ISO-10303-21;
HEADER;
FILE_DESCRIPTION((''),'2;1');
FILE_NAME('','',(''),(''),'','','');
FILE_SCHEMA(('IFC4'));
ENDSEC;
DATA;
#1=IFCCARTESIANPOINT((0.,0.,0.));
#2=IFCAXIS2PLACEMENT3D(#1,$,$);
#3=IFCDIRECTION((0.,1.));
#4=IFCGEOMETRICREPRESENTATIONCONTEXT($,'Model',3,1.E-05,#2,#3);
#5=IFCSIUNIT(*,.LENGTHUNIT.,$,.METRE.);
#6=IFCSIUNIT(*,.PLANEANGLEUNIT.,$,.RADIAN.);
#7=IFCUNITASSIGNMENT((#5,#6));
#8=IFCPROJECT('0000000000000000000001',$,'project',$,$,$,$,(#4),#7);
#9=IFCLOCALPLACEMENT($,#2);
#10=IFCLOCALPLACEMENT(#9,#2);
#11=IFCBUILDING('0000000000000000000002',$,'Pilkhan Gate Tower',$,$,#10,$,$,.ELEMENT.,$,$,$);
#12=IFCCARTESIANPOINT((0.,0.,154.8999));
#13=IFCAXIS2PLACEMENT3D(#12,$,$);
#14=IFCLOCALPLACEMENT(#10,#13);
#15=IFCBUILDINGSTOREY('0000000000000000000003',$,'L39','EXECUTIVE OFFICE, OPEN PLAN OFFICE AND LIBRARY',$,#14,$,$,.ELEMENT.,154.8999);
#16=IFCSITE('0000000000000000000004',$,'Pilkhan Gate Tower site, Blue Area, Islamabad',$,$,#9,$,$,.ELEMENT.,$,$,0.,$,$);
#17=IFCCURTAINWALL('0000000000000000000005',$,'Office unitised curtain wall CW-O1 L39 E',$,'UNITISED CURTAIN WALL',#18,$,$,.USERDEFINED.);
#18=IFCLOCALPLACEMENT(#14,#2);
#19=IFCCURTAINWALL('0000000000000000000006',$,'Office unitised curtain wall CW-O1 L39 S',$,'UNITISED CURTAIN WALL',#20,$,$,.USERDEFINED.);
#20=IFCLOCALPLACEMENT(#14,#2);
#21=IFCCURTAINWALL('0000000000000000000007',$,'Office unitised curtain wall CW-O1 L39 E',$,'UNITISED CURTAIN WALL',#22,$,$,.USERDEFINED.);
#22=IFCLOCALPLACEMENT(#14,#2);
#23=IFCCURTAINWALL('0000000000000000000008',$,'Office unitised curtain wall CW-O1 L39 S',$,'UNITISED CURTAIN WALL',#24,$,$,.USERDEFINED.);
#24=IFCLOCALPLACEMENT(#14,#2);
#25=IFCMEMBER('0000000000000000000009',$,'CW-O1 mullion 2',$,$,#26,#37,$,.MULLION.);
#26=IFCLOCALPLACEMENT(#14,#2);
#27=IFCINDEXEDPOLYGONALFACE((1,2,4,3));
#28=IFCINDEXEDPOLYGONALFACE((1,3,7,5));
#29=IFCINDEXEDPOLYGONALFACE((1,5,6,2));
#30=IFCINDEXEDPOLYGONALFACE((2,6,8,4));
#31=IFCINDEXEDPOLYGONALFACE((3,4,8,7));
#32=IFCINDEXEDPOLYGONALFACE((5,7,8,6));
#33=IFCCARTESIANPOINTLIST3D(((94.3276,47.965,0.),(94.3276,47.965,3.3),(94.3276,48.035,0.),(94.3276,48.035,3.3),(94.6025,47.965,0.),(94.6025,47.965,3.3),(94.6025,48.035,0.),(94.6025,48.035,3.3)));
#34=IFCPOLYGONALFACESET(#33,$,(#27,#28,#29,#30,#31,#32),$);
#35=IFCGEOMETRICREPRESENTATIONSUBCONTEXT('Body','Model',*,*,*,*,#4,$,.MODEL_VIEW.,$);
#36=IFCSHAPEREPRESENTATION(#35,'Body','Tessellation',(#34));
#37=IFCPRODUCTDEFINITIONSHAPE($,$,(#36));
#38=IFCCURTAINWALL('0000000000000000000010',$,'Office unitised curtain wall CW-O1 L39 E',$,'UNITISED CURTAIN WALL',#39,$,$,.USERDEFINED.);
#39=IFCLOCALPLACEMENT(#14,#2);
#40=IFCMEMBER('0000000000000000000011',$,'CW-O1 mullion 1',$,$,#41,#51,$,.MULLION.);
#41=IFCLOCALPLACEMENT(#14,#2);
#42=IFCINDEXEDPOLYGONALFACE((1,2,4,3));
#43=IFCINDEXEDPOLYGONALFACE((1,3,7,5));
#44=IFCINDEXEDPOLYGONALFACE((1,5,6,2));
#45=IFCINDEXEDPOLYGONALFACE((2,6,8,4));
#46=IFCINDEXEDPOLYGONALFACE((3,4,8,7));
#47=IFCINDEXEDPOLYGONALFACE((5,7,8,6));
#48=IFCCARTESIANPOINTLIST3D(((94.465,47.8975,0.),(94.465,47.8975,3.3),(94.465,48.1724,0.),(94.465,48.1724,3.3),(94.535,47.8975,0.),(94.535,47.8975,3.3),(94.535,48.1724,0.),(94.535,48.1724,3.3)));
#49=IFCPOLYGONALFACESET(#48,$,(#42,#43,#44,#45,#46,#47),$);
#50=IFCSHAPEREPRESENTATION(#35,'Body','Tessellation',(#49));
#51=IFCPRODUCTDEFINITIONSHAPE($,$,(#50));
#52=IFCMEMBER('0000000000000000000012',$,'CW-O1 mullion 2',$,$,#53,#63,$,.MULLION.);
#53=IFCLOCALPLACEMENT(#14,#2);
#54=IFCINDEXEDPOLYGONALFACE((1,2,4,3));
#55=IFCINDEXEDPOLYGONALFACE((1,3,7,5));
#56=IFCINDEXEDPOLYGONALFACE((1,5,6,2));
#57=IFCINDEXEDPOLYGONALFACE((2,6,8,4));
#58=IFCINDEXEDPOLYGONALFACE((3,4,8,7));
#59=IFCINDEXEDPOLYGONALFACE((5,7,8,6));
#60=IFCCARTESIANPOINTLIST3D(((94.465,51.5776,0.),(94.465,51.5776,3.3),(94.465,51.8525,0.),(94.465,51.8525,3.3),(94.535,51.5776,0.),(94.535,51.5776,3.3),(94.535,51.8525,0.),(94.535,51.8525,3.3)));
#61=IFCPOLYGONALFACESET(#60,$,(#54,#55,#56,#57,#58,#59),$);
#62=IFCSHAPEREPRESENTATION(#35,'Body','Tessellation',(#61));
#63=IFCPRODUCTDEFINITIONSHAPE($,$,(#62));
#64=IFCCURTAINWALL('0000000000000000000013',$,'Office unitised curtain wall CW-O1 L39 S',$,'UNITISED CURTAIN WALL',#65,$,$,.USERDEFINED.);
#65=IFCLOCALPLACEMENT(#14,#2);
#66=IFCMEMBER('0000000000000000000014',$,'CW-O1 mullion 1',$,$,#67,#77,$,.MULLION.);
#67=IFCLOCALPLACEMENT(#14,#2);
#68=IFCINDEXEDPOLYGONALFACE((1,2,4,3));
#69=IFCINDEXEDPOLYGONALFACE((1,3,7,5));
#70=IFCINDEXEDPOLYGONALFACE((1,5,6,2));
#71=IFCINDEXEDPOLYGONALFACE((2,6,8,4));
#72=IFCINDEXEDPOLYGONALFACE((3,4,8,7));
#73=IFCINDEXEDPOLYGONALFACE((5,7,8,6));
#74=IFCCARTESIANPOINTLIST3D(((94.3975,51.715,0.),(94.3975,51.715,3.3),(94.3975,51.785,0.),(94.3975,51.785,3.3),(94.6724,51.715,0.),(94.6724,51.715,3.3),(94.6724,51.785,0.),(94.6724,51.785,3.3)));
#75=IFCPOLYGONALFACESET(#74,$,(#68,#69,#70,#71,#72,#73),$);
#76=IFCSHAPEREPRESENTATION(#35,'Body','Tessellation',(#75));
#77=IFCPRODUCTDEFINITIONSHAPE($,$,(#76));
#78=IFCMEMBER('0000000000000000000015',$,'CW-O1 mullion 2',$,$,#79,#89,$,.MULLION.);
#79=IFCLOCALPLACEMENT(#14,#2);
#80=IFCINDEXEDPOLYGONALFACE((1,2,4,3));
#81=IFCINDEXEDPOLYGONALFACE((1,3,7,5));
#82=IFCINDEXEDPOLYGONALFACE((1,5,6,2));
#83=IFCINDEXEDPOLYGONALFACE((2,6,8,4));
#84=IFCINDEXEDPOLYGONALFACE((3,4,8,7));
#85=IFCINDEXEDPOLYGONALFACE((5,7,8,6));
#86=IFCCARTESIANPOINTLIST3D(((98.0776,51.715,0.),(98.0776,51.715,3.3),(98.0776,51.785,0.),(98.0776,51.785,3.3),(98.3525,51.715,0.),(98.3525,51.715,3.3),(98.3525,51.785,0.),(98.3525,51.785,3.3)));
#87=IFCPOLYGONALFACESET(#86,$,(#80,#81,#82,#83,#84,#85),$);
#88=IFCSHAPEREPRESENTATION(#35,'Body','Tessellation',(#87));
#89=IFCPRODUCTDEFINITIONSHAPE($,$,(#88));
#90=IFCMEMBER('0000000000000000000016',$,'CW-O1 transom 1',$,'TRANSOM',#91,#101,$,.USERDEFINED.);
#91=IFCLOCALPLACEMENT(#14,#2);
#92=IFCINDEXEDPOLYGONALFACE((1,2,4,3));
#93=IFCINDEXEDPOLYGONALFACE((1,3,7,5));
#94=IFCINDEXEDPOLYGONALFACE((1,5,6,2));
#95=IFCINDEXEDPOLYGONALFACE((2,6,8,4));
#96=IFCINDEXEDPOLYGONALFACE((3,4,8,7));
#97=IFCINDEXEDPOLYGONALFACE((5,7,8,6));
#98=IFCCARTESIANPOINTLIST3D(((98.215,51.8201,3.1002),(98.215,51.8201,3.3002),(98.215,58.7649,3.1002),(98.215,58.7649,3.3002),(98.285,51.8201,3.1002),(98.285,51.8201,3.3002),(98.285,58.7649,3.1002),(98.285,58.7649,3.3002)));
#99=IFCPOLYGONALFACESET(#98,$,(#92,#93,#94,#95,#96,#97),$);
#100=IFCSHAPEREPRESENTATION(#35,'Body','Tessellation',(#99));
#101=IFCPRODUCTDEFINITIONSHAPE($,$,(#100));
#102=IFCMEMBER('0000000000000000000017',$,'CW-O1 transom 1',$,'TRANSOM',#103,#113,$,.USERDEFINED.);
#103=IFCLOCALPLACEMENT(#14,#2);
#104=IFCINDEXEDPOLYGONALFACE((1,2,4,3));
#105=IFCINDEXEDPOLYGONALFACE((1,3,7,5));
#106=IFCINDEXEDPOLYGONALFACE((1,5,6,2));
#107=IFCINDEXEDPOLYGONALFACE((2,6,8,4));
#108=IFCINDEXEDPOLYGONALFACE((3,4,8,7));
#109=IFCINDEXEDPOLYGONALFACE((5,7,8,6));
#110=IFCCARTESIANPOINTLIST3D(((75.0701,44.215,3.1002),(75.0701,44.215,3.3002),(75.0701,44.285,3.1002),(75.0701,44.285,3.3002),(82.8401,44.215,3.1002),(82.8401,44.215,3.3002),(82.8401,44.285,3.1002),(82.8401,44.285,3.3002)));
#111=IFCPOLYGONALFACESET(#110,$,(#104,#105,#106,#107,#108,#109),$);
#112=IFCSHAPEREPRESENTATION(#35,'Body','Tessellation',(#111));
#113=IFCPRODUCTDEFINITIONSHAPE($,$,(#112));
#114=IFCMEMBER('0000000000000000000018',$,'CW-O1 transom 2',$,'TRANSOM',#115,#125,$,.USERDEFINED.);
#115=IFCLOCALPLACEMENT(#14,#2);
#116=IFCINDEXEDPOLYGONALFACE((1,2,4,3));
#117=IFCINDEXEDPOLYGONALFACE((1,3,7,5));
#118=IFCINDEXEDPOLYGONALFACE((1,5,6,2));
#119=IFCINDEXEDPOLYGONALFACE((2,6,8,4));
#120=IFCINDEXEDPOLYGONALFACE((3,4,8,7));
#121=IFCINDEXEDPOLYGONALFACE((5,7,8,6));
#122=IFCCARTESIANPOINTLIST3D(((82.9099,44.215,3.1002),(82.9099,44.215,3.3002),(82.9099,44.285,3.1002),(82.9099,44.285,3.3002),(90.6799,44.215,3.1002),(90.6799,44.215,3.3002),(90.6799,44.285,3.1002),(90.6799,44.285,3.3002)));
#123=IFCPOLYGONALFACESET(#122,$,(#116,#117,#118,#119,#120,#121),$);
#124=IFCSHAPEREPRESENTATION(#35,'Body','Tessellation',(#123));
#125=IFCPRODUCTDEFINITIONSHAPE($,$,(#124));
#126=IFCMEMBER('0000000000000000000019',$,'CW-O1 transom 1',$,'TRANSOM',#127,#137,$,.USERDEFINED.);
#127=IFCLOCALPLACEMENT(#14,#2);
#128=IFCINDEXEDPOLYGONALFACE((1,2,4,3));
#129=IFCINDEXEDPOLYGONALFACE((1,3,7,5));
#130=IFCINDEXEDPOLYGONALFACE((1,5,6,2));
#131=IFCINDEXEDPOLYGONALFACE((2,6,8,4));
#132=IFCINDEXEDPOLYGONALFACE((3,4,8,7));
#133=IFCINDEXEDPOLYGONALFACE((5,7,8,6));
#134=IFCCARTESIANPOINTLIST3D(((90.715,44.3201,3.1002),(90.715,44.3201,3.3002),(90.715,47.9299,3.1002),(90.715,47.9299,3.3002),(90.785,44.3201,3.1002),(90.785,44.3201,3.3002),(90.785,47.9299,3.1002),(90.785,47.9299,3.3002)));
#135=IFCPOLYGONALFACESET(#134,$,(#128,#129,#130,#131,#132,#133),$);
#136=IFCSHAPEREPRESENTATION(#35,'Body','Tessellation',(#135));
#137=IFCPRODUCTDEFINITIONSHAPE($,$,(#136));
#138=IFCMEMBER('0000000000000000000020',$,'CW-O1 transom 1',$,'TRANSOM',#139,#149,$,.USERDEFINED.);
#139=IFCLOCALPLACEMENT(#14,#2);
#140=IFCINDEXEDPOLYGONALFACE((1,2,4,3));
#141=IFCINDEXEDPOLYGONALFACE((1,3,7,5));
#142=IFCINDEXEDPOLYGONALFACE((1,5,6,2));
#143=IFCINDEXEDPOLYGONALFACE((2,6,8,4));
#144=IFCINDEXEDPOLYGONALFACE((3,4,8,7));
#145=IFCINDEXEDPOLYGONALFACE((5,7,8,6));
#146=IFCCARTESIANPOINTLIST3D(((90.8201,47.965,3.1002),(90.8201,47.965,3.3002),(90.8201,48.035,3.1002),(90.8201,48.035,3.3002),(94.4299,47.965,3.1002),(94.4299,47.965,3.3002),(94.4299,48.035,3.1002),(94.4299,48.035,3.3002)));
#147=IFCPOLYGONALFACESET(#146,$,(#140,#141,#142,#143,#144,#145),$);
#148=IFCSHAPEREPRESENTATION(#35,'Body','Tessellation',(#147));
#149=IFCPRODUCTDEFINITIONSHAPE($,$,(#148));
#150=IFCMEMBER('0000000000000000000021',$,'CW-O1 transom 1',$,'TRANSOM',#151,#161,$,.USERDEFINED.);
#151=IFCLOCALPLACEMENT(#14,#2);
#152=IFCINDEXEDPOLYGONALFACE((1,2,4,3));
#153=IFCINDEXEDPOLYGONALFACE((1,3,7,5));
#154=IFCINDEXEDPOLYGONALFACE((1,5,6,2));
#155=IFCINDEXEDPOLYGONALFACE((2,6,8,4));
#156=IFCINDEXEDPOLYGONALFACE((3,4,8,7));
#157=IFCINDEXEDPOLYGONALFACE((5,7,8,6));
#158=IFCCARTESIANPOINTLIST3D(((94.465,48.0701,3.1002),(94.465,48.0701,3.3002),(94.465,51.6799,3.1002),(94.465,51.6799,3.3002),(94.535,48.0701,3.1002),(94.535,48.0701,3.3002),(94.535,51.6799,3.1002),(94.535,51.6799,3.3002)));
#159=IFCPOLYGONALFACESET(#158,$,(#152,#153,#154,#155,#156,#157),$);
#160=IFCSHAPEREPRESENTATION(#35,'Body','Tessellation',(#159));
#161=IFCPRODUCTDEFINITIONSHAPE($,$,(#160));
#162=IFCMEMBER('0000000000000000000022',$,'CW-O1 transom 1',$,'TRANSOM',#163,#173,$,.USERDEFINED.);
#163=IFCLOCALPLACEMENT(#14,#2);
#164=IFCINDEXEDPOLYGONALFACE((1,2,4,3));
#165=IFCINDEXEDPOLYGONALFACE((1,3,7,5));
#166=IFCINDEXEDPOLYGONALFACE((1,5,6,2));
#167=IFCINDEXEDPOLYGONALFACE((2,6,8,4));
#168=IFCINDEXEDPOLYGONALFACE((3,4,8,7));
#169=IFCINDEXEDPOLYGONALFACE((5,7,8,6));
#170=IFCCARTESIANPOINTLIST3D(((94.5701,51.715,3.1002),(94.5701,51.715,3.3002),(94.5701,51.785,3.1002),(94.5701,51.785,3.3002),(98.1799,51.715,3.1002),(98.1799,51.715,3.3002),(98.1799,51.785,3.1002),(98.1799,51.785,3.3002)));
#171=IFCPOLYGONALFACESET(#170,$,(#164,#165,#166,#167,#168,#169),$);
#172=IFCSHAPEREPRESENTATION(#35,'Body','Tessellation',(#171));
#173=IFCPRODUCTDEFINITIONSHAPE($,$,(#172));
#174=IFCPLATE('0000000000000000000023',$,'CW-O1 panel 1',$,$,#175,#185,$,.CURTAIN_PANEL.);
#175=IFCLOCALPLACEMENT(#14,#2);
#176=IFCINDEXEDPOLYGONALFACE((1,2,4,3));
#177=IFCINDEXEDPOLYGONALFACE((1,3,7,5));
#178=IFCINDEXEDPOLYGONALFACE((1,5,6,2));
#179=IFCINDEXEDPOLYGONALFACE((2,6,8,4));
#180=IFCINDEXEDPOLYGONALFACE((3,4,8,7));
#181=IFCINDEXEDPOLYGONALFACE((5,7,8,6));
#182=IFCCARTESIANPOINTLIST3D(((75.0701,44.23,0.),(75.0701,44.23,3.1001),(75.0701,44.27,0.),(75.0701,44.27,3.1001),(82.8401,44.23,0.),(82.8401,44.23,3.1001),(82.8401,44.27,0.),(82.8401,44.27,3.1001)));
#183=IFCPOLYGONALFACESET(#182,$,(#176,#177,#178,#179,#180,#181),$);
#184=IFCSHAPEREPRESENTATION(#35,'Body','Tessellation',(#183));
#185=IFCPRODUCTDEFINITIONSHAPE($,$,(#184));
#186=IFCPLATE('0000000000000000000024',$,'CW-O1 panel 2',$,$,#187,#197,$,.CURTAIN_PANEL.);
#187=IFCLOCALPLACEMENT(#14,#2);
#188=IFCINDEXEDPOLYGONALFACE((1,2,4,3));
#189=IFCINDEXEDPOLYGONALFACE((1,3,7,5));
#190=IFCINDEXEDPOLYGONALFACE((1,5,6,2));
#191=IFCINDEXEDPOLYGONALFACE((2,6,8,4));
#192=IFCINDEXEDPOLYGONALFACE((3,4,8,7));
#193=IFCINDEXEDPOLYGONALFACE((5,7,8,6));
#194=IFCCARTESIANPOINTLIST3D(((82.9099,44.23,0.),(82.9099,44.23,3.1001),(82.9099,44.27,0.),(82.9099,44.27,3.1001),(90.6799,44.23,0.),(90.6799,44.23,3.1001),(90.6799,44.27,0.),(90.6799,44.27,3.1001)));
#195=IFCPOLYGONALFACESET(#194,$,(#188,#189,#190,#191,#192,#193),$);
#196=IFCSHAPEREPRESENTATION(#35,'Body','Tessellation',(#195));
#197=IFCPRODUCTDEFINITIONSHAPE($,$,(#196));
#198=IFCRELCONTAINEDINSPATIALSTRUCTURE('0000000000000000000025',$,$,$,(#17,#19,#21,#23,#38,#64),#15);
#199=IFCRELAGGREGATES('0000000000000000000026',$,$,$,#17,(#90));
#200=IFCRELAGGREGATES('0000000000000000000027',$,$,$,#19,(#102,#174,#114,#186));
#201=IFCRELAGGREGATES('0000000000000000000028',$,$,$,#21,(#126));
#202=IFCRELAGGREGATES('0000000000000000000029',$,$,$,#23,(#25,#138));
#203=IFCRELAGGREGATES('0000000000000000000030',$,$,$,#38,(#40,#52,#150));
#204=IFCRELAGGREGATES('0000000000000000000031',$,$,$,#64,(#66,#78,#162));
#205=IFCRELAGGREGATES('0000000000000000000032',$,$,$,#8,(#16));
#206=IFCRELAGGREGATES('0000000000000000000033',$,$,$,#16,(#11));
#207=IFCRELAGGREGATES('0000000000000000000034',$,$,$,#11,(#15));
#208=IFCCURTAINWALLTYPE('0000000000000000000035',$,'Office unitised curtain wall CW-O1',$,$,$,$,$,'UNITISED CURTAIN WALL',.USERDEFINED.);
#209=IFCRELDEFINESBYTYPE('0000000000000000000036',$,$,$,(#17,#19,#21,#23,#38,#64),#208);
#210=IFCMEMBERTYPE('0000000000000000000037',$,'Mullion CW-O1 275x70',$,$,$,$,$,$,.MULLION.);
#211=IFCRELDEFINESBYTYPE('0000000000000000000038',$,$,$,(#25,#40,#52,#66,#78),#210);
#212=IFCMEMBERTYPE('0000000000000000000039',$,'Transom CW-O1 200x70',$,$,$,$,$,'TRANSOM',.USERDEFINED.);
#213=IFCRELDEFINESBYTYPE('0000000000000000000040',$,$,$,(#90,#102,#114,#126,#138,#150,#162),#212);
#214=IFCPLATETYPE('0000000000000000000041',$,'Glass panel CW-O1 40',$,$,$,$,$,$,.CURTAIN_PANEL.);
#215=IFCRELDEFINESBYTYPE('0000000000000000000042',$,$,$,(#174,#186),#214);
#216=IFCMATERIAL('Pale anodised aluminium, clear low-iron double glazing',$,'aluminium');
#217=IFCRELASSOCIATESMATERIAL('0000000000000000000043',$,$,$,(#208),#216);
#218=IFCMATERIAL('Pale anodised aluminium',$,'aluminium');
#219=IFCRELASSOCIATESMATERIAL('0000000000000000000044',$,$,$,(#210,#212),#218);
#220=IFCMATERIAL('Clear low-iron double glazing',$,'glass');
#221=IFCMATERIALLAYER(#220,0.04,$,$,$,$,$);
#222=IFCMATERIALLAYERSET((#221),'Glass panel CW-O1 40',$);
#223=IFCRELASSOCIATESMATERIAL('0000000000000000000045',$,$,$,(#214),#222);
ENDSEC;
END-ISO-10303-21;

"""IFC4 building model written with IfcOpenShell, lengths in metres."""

from ifc_helpers import new_model, si_unit, direction, frame, origin, origin_2d, place, context, subcontext, project, spatial, rectangle, extrude, material, layer, layer_set, material_profile, profile_set, type_object, element, aggregate, save


model = new_model("IFC4")

# Units and contexts
model_context = context("Model", 3, precision=1e-05, world=origin(), true_north=direction((0.0, 1.0)))
body_context = subcontext(model_context, "Body", "Model", "MODEL_VIEW")
ifc_project = project(units=[si_unit("LENGTHUNIT", "METRE"), si_unit("PLANEANGLEUNIT", "RADIAN")], contexts=[model_context])

# Site, building, storey
site_placement = place(None, origin())
site = spatial("IfcSite", under=ifc_project, at=site_placement, Name="Pilkhan Gate Tower site, Blue Area, Islamabad", CompositionType="ELEMENT", RefElevation=0.0)
building_placement = place(site_placement, origin())
building = spatial("IfcBuilding", under=site, at=building_placement, Name="Pilkhan Gate Tower", CompositionType="ELEMENT")
storey_placement = place(building_placement, frame((0.0, 0.0, 154.8999)))
storey = spatial("IfcBuildingStorey", under=building, at=storey_placement, Name="L39", Description="EXECUTIVE OFFICE, OPEN PLAN OFFICE AND LIBRARY", CompositionType="ELEMENT", Elevation=154.8999)

# Curtain wall
ifc_material_1 = material(Name="Pale anodised aluminium, clear low-iron double glazing", Category="aluminium")
curtain_wall_type = type_object("IfcCurtainWallType", Name="Office unitised curtain wall CW-O1", ElementType="UNITISED CURTAIN WALL", PredefinedType="USERDEFINED", material=ifc_material_1)
curtain_wall_1_placement = place(storey_placement, origin())
curtain_wall_1 = element("IfcCurtainWall", 1, at=curtain_wall_1_placement, inside=storey, type_object=curtain_wall_type, Name="Office unitised curtain wall CW-O1 L39 E", ObjectType="UNITISED CURTAIN WALL", PredefinedType="USERDEFINED")
ifc_material_2 = material(Name="Pale anodised aluminium", Category="aluminium")
ifc_material_profile_1 = material_profile(ifc_material_2, rectangle(XDim=0.0701, YDim=0.2749, at=origin_2d()), Name="Mullion 275x70")
ifc_profile_set_1 = profile_set([ifc_material_profile_1], Name="Pale anodised aluminium")
member_type_1 = type_object("IfcMemberType", Name="Mullion CW-O1 275x70", PredefinedType="MULLION", material=ifc_profile_set_1)

# Curtain walls, members
curtain_wall_2_placement = place(storey_placement, origin())
curtain_wall_2 = element("IfcCurtainWall", 2, at=curtain_wall_2_placement, inside=storey, type_object=curtain_wall_type, Name="Office unitised curtain wall CW-O1 L39 S", ObjectType="UNITISED CURTAIN WALL", PredefinedType="USERDEFINED")
curtain_wall_3_placement = place(storey_placement, origin())
curtain_wall_3 = element("IfcCurtainWall", 3, at=curtain_wall_3_placement, inside=storey, type_object=curtain_wall_type, Name="Office unitised curtain wall CW-O1 L39 E", ObjectType="UNITISED CURTAIN WALL", PredefinedType="USERDEFINED")
curtain_wall_4_placement = place(storey_placement, origin())
curtain_wall_4 = element("IfcCurtainWall", 4, at=curtain_wall_4_placement, inside=storey, type_object=curtain_wall_type, Name="Office unitised curtain wall CW-O1 L39 S", ObjectType="UNITISED CURTAIN WALL", PredefinedType="USERDEFINED")
member_1_placement = place(storey_placement, frame((94.4651, 48.0, 0.0), z_axis=(0.0, 0.0, 1.0), x_axis=(0.0, 1.0, 0.0)))
member_1 = element("IfcMember", 5, at=member_1_placement, type_object=member_type_1, Name="CW-O1 mullion 2", PredefinedType="MULLION", context=body_context, shape_type="SweptSolid", body=[
    extrude(rectangle(XDim=0.0701, YDim=0.2749, at=origin_2d()), origin(), (0.0, 0.0, 1.0), 3.3),
])
curtain_wall_5_placement = place(storey_placement, origin())
curtain_wall_5 = element("IfcCurtainWall", 6, at=curtain_wall_5_placement, inside=storey, type_object=curtain_wall_type, Name="Office unitised curtain wall CW-O1 L39 E", ObjectType="UNITISED CURTAIN WALL", PredefinedType="USERDEFINED")
member_2_placement = place(storey_placement, frame((94.5, 48.0349, 0.0), z_axis=(0.0, 0.0, 1.0), x_axis=(-1.0, 0.0, 0.0)))
member_2 = element("IfcMember", 7, at=member_2_placement, type_object=member_type_1, Name="CW-O1 mullion 1", PredefinedType="MULLION", context=body_context, shape_type="SweptSolid", body=[
    extrude(rectangle(XDim=0.0701, YDim=0.2749, at=origin_2d()), origin(), (0.0, 0.0, 1.0), 3.3),
])
member_3_placement = place(storey_placement, frame((94.5, 51.7151, 0.0), z_axis=(0.0, 0.0, 1.0), x_axis=(-1.0, 0.0, 0.0)))
member_3 = element("IfcMember", 8, at=member_3_placement, type_object=member_type_1, Name="CW-O1 mullion 2", PredefinedType="MULLION", context=body_context, shape_type="SweptSolid", body=[
    extrude(rectangle(XDim=0.0701, YDim=0.2749, at=origin_2d()), origin(), (0.0, 0.0, 1.0), 3.3),
])
curtain_wall_6_placement = place(storey_placement, origin())
curtain_wall_6 = element("IfcCurtainWall", 9, at=curtain_wall_6_placement, inside=storey, type_object=curtain_wall_type, Name="Office unitised curtain wall CW-O1 L39 S", ObjectType="UNITISED CURTAIN WALL", PredefinedType="USERDEFINED")
member_4_placement = place(storey_placement, frame((94.5349, 51.75, 0.0), z_axis=(0.0, 0.0, 1.0), x_axis=(0.0, 1.0, 0.0)))
member_4 = element("IfcMember", 10, at=member_4_placement, type_object=member_type_1, Name="CW-O1 mullion 1", PredefinedType="MULLION", context=body_context, shape_type="SweptSolid", body=[
    extrude(rectangle(XDim=0.0701, YDim=0.2749, at=origin_2d()), origin(), (0.0, 0.0, 1.0), 3.3),
])
member_5_placement = place(storey_placement, frame((98.2151, 51.75, 0.0), z_axis=(0.0, 0.0, 1.0), x_axis=(0.0, 1.0, 0.0)))
member_5 = element("IfcMember", 11, at=member_5_placement, type_object=member_type_1, Name="CW-O1 mullion 2", PredefinedType="MULLION", context=body_context, shape_type="SweptSolid", body=[
    extrude(rectangle(XDim=0.0701, YDim=0.2749, at=origin_2d()), origin(), (0.0, 0.0, 1.0), 3.3),
])

# Members
ifc_material_profile_2 = material_profile(ifc_material_2, rectangle(XDim=0.0701, YDim=0.2, at=origin_2d()), Name="Transom 200x70")
ifc_profile_set_2 = profile_set([ifc_material_profile_2], Name="Pale anodised aluminium")
member_type_2 = type_object("IfcMemberType", Name="Transom CW-O1 200x70", ElementType="TRANSOM", PredefinedType="USERDEFINED", material=ifc_profile_set_2)
member_6_placement = place(storey_placement, frame((98.25, 51.8201, 3.2002), z_axis=(0.0, 1.0, 0.0), x_axis=(-1.0, 0.0, 0.0)))
member_6 = element("IfcMember", 12, at=member_6_placement, type_object=member_type_2, Name="CW-O1 transom 1", ObjectType="TRANSOM", PredefinedType="USERDEFINED", context=body_context, shape_type="SweptSolid", body=[
    extrude(rectangle(XDim=0.0701, YDim=0.2, at=origin_2d()), origin(), (0.0, 0.0, 1.0), 6.9448),
])
aggregate(curtain_wall_1, [member_6])
member_7_placement = place(storey_placement, frame((75.0701, 44.25, 3.2002), z_axis=(1.0, 0.0, 0.0), x_axis=(0.0, 1.0, 0.0)))
member_7 = element("IfcMember", 13, at=member_7_placement, type_object=member_type_2, Name="CW-O1 transom 1", ObjectType="TRANSOM", PredefinedType="USERDEFINED", context=body_context, shape_type="SweptSolid", body=[
    extrude(rectangle(XDim=0.0701, YDim=0.2, at=origin_2d()), origin(), (0.0, 0.0, 1.0), 7.77),
])
member_8_placement = place(storey_placement, frame((82.9099, 44.25, 3.2002), z_axis=(1.0, 0.0, 0.0), x_axis=(0.0, 1.0, 0.0)))
member_8 = element("IfcMember", 14, at=member_8_placement, type_object=member_type_2, Name="CW-O1 transom 2", ObjectType="TRANSOM", PredefinedType="USERDEFINED", context=body_context, shape_type="SweptSolid", body=[
    extrude(rectangle(XDim=0.0701, YDim=0.2, at=origin_2d()), origin(), (0.0, 0.0, 1.0), 7.77),
])
member_9_placement = place(storey_placement, frame((90.75, 44.3201, 3.2002), z_axis=(0.0, 1.0, 0.0), x_axis=(-1.0, 0.0, 0.0)))
member_9 = element("IfcMember", 15, at=member_9_placement, type_object=member_type_2, Name="CW-O1 transom 1", ObjectType="TRANSOM", PredefinedType="USERDEFINED", context=body_context, shape_type="SweptSolid", body=[
    extrude(rectangle(XDim=0.0701, YDim=0.2, at=origin_2d()), origin(), (0.0, 0.0, 1.0), 3.6099),
])
member_10_placement = place(storey_placement, frame((90.8201, 48.0, 3.2002), z_axis=(1.0, 0.0, 0.0), x_axis=(0.0, 1.0, 0.0)))
member_10 = element("IfcMember", 16, at=member_10_placement, type_object=member_type_2, Name="CW-O1 transom 1", ObjectType="TRANSOM", PredefinedType="USERDEFINED", context=body_context, shape_type="SweptSolid", body=[
    extrude(rectangle(XDim=0.0701, YDim=0.2, at=origin_2d()), origin(), (0.0, 0.0, 1.0), 3.6099),
])
member_11_placement = place(storey_placement, frame((94.5, 48.0701, 3.2002), z_axis=(0.0, 1.0, 0.0), x_axis=(-1.0, 0.0, 0.0)))
member_11 = element("IfcMember", 17, at=member_11_placement, type_object=member_type_2, Name="CW-O1 transom 1", ObjectType="TRANSOM", PredefinedType="USERDEFINED", context=body_context, shape_type="SweptSolid", body=[
    extrude(rectangle(XDim=0.0701, YDim=0.2, at=origin_2d()), origin(), (0.0, 0.0, 1.0), 3.6099),
])
member_12_placement = place(storey_placement, frame((94.5701, 51.75, 3.2002), z_axis=(1.0, 0.0, 0.0), x_axis=(0.0, 1.0, 0.0)))
member_12 = element("IfcMember", 18, at=member_12_placement, type_object=member_type_2, Name="CW-O1 transom 1", ObjectType="TRANSOM", PredefinedType="USERDEFINED", context=body_context, shape_type="SweptSolid", body=[
    extrude(rectangle(XDim=0.0701, YDim=0.2, at=origin_2d()), origin(), (0.0, 0.0, 1.0), 3.6099),
])

# Plates
ifc_material_3 = material(Name="Clear low-iron double glazing", Category="glass")
ifc_layer_1 = layer(ifc_material_3, 0.04)
ifc_layer_set_1 = layer_set([ifc_layer_1], Name="Glass panel CW-O1 40")
plate_type = type_object("IfcPlateType", Name="Glass panel CW-O1 40", PredefinedType="CURTAIN_PANEL", material=ifc_layer_set_1)
plate_1_placement = place(storey_placement, frame((78.9551, 44.25, 0.0), z_axis=(0.0, 0.0, 1.0), x_axis=(1.0, 0.0, 0.0)))
plate_1 = element("IfcPlate", 19, at=plate_1_placement, type_object=plate_type, Name="CW-O1 panel 1", PredefinedType="CURTAIN_PANEL", context=body_context, shape_type="SweptSolid", body=[
    extrude(rectangle(XDim=7.77, YDim=0.04, at=origin_2d()), origin(), (0.0, 0.0, 1.0), 3.1001),
])
plate_2_placement = place(storey_placement, frame((86.7949, 44.25, 0.0), z_axis=(0.0, 0.0, 1.0), x_axis=(1.0, 0.0, 0.0)))
plate_2 = element("IfcPlate", 20, at=plate_2_placement, type_object=plate_type, Name="CW-O1 panel 2", PredefinedType="CURTAIN_PANEL", context=body_context, shape_type="SweptSolid", body=[
    extrude(rectangle(XDim=7.77, YDim=0.04, at=origin_2d()), origin(), (0.0, 0.0, 1.0), 3.1001),
])
aggregate(curtain_wall_2, [member_7, plate_1, member_8, plate_2])
aggregate(curtain_wall_3, [member_9])
aggregate(curtain_wall_4, [member_1, member_10])
aggregate(curtain_wall_5, [member_2, member_3, member_11])
aggregate(curtain_wall_6, [member_4, member_5, member_12])

save(model, "model.ifc")
